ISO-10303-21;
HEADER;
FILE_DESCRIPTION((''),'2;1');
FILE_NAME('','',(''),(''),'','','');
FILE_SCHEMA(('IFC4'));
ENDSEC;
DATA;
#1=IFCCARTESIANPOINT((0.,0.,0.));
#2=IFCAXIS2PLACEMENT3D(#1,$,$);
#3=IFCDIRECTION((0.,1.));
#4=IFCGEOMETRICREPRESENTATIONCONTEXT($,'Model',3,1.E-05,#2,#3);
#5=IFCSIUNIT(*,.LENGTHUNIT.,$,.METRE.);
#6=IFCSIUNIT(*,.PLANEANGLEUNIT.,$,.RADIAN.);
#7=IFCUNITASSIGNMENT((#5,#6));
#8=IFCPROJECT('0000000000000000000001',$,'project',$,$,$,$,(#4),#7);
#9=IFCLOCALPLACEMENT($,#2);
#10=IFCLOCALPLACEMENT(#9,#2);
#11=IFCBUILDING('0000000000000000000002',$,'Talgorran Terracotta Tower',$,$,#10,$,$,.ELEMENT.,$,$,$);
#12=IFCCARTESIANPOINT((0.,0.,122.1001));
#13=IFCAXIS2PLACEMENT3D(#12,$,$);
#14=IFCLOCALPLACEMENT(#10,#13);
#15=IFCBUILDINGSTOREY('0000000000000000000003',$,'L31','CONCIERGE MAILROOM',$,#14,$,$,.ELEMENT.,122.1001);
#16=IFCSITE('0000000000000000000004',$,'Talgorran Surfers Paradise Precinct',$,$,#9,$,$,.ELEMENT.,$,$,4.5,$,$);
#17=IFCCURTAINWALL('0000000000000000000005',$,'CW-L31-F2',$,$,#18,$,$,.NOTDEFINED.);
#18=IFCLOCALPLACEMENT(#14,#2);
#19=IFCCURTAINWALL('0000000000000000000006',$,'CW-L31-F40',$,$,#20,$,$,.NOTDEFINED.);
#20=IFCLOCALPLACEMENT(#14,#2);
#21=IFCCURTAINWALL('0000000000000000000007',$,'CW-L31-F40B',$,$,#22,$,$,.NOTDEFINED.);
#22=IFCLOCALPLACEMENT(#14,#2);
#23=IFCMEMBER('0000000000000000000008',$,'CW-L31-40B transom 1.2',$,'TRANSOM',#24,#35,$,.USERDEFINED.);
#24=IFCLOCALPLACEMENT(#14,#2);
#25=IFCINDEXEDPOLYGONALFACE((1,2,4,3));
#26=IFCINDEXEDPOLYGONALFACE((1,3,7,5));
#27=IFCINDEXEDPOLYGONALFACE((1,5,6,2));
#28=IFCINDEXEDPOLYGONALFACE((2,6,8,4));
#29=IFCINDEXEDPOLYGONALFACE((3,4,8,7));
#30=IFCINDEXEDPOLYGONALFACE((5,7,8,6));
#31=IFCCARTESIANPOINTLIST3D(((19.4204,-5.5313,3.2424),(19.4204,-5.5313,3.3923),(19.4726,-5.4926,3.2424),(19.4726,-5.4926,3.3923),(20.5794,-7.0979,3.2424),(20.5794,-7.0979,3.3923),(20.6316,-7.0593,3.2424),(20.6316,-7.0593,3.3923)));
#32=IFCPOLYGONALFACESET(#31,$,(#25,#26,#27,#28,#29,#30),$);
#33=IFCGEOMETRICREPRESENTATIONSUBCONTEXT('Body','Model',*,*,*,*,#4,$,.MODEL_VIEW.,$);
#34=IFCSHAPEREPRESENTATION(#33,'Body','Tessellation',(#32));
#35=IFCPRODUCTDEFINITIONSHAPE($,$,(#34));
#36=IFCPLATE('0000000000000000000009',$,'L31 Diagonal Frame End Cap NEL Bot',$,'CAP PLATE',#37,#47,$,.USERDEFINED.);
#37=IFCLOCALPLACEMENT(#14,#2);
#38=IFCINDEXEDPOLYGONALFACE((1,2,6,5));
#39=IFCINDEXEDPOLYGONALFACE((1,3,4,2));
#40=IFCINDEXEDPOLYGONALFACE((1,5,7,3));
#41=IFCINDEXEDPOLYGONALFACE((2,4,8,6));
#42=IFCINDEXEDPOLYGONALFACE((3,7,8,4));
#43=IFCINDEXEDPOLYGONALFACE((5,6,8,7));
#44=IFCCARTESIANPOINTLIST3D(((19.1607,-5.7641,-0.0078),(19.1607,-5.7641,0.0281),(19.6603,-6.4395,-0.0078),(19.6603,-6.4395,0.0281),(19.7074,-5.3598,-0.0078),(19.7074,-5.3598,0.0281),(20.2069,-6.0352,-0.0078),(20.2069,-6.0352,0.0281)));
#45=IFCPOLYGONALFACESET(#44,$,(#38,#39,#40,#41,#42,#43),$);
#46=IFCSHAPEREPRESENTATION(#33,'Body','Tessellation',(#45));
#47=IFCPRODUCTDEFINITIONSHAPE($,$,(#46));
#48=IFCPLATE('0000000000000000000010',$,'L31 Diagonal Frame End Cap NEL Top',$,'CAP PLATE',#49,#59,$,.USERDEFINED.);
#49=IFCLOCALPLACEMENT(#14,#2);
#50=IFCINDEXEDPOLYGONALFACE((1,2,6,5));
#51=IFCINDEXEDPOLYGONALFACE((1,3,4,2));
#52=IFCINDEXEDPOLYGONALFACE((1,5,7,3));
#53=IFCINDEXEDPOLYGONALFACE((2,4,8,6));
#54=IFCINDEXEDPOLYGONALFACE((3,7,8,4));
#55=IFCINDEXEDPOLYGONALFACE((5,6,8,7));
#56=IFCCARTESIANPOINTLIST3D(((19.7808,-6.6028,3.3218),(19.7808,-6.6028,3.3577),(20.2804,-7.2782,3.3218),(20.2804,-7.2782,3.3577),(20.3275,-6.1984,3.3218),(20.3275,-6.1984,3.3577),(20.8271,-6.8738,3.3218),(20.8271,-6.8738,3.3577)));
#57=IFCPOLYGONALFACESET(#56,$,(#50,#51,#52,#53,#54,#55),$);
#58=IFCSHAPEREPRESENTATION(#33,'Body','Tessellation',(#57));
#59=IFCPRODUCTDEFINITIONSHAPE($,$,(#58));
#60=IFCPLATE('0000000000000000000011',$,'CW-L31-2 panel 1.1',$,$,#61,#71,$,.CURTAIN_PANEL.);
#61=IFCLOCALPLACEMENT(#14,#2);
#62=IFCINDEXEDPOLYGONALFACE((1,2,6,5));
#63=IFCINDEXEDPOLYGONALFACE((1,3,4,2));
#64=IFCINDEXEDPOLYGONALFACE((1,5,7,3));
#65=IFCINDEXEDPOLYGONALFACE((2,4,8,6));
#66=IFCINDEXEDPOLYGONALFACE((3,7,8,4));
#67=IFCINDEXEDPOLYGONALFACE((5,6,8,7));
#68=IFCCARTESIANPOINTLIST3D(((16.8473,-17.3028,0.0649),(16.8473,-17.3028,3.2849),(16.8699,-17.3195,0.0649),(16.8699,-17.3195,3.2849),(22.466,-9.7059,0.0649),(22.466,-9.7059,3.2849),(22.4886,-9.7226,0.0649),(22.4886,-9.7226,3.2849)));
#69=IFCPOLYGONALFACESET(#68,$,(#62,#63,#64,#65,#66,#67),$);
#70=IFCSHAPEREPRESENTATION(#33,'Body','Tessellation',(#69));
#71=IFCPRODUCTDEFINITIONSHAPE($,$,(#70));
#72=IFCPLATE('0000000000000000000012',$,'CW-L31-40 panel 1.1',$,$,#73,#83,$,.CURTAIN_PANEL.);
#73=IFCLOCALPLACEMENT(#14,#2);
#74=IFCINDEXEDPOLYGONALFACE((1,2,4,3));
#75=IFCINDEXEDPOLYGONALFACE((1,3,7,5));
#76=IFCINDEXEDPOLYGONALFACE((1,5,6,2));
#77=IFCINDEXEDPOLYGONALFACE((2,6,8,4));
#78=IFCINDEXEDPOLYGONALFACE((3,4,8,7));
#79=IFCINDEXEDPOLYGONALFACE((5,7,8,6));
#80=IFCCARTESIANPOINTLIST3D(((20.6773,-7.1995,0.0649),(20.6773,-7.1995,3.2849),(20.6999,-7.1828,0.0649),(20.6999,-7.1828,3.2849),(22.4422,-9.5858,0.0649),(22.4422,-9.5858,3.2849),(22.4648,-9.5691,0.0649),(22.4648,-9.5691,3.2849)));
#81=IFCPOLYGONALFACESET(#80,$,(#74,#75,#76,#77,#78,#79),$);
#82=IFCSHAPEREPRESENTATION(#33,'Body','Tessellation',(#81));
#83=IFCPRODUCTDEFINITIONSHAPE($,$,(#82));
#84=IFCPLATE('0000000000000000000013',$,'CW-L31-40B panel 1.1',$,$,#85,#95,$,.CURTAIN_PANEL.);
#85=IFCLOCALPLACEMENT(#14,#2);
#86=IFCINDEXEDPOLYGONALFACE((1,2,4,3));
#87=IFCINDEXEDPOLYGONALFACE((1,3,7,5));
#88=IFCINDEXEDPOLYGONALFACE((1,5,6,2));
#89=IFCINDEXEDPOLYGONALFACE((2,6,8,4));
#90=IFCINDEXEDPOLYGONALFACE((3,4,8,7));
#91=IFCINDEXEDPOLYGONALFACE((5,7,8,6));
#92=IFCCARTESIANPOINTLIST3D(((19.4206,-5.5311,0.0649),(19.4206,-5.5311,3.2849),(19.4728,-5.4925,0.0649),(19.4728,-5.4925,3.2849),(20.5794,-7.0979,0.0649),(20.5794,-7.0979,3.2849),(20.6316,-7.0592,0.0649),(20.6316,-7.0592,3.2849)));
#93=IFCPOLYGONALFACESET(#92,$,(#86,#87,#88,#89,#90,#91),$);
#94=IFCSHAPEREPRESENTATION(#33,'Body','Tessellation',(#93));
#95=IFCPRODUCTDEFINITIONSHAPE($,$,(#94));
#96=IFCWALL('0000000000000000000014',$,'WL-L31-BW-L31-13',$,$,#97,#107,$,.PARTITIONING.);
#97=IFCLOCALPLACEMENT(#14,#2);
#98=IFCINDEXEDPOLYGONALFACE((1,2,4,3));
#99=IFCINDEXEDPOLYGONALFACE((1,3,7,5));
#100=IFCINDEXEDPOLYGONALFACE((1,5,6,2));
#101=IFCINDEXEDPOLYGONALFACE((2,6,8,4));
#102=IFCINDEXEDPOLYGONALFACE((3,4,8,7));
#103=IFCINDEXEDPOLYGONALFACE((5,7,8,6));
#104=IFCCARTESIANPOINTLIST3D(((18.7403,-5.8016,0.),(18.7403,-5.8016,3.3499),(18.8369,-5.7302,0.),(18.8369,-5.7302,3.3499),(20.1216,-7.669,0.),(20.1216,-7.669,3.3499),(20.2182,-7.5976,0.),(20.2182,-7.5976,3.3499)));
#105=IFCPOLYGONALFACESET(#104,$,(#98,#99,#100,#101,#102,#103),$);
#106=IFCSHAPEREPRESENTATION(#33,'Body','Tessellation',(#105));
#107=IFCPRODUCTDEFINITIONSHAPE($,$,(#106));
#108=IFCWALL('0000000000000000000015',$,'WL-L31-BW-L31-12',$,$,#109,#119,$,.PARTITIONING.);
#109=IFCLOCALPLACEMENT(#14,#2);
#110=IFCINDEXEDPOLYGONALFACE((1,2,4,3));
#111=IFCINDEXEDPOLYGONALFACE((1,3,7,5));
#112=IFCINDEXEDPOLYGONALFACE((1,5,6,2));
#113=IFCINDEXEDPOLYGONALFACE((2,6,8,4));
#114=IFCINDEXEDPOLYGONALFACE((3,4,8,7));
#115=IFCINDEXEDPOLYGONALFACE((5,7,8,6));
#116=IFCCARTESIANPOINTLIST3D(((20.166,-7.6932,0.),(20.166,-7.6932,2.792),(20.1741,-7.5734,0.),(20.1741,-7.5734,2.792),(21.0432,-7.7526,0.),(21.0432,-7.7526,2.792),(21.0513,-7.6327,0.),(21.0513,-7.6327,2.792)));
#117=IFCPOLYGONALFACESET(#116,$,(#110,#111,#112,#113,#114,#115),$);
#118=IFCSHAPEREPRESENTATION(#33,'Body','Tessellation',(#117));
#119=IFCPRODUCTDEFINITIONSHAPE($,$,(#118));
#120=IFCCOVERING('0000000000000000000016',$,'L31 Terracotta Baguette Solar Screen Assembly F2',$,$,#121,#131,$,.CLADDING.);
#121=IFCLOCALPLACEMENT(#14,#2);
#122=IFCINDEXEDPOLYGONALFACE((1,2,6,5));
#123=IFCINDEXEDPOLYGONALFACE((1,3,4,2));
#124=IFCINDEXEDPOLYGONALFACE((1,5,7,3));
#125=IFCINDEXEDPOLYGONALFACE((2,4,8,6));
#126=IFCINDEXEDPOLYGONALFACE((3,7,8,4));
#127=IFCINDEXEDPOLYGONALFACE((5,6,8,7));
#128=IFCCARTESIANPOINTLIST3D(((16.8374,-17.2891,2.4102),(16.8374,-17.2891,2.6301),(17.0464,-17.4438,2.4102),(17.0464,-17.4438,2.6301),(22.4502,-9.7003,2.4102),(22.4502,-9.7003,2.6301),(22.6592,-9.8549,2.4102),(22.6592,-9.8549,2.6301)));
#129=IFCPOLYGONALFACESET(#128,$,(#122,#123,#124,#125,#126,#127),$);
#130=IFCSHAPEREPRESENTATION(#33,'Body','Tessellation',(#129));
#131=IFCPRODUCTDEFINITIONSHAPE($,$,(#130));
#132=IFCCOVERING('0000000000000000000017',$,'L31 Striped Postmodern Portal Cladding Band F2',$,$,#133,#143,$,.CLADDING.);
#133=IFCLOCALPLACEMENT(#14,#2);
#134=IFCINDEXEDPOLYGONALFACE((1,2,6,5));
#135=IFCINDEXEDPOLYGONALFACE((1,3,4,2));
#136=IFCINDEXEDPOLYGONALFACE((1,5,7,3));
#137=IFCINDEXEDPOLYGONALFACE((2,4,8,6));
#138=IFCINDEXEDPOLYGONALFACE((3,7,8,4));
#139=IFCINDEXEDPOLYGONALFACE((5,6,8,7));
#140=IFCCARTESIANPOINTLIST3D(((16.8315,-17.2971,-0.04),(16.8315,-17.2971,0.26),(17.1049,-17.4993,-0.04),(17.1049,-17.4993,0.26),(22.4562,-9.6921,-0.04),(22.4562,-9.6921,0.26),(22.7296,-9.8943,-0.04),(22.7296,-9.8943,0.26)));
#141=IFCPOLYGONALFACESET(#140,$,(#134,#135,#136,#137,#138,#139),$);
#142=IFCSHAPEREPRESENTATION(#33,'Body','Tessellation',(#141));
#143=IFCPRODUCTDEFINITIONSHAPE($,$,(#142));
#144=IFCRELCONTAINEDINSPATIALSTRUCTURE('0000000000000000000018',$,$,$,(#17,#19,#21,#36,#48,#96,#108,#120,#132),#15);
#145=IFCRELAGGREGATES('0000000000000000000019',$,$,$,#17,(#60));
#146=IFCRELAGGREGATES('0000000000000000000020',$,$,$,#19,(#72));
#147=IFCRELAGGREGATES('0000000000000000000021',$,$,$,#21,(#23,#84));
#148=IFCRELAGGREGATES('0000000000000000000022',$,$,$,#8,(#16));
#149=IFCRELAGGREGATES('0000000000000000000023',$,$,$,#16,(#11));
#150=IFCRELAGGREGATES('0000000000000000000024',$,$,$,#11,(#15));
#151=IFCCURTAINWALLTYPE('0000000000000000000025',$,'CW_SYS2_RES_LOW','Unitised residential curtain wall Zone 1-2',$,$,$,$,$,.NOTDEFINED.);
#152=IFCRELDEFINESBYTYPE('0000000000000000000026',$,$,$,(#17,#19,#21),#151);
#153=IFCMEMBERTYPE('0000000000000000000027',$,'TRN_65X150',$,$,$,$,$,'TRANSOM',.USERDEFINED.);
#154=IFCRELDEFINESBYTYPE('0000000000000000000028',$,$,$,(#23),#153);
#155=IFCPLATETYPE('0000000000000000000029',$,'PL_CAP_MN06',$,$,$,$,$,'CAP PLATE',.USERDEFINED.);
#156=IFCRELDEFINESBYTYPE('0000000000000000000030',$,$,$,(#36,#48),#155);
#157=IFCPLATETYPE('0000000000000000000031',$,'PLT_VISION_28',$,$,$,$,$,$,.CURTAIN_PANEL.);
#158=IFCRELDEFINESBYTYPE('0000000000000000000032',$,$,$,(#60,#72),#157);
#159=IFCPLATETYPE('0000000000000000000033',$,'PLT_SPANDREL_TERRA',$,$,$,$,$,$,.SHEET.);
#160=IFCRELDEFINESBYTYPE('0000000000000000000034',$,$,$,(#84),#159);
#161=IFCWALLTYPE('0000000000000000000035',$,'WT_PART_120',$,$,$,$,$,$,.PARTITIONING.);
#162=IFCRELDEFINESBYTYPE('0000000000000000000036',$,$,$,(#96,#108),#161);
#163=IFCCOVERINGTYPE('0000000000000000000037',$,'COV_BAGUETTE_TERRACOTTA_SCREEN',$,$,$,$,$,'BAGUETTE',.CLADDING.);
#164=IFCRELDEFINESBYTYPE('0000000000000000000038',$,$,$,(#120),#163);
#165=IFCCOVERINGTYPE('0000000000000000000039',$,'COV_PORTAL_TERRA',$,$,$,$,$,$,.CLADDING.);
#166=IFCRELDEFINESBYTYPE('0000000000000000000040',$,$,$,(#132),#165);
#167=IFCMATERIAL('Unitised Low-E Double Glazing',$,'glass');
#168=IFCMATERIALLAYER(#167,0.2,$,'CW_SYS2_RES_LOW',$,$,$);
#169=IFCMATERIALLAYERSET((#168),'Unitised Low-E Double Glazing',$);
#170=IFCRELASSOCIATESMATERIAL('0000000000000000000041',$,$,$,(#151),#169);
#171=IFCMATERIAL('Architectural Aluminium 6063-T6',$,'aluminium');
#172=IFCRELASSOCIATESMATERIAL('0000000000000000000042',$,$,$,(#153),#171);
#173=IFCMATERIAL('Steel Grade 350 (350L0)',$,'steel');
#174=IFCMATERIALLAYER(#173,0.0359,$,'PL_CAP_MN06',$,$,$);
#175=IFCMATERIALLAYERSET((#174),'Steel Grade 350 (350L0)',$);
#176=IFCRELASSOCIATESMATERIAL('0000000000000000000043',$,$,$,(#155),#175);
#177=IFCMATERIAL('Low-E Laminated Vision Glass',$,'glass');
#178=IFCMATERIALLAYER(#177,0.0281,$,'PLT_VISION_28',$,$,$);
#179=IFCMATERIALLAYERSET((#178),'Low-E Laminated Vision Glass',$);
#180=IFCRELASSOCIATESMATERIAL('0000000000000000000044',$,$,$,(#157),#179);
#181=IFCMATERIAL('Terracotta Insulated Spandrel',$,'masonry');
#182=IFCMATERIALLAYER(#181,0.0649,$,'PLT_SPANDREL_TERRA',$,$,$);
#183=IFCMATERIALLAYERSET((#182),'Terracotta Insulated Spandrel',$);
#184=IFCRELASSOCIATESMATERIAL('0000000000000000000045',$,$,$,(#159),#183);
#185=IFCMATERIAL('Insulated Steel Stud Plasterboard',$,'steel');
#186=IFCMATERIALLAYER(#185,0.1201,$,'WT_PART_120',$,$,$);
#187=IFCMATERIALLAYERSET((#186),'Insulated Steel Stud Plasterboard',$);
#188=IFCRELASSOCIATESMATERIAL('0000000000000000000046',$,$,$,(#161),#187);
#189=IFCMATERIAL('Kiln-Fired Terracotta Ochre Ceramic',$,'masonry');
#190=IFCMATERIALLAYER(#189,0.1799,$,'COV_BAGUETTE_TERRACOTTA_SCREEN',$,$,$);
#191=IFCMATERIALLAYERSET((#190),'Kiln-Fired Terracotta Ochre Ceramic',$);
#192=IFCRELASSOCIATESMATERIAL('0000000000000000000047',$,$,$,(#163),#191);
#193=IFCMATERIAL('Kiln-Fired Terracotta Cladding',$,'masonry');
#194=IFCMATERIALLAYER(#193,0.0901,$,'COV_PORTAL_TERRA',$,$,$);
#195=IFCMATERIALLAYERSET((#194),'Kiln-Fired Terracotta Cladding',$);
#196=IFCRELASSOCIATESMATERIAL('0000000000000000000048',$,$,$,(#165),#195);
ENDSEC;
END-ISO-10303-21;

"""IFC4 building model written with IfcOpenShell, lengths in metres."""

from ifc_helpers import new_model, si_unit, direction, frame, frame_2d, origin, origin_2d, place, context, subcontext, project, spatial, rectangle, extrude, source, transform, mapped, material, layer, layer_set, material_profile, profile_set, type_object, type_shapes, element, aggregate, save


model = new_model("IFC4")

# Units and contexts
model_context = context("Model", 3, precision=1e-05, world=origin(), true_north=direction((0.0, 1.0)))
body_context = subcontext(model_context, "Body", "Model", "MODEL_VIEW")
ifc_project = project(units=[si_unit("LENGTHUNIT", "METRE"), si_unit("PLANEANGLEUNIT", "RADIAN")], contexts=[model_context])

# Site, building, storey
site_placement = place(None, origin())
site = spatial("IfcSite", under=ifc_project, at=site_placement, Name="Talgorran Surfers Paradise Precinct", CompositionType="ELEMENT", RefElevation=4.5)
building_placement = place(site_placement, origin())
building = spatial("IfcBuilding", under=site, at=building_placement, Name="Talgorran Terracotta Tower", CompositionType="ELEMENT")
storey_placement = place(building_placement, frame((0.0, 0.0, 122.1001)))
storey = spatial("IfcBuildingStorey", under=building, at=storey_placement, Name="L31", Description="CONCIERGE MAILROOM", CompositionType="ELEMENT", Elevation=122.1001)

# Shared definitions
ifc_material_1 = material(Name="Steel Grade 350 (350L0)", Category="steel")

# Curtain wall
ifc_material_2 = material(Name="Unitised Low-E Double Glazing", Category="glass")
ifc_layer_1 = layer(ifc_material_2, 0.2, Name="CW_SYS2_RES_LOW")
ifc_layer_set_1 = layer_set([ifc_layer_1], Name="Unitised Low-E Double Glazing")
curtain_wall_type = type_object("IfcCurtainWallType", Name="CW_SYS2_RES_LOW", Description="Unitised residential curtain wall Zone 1-2", PredefinedType="NOTDEFINED", material=ifc_layer_set_1)
curtain_wall_1_placement = place(storey_placement, origin())
curtain_wall_1 = element("IfcCurtainWall", 1, at=curtain_wall_1_placement, inside=storey, type_object=curtain_wall_type, Name="CW-L31-F2", PredefinedType="NOTDEFINED")
ifc_material_3 = material(Name="Architectural Aluminium 6063-T6", Category="aluminium")

# Curtain walls
curtain_wall_2_placement = place(storey_placement, origin())
curtain_wall_2 = element("IfcCurtainWall", 2, at=curtain_wall_2_placement, inside=storey, type_object=curtain_wall_type, Name="CW-L31-F40", PredefinedType="NOTDEFINED")
curtain_wall_3_placement = place(storey_placement, origin())
curtain_wall_3 = element("IfcCurtainWall", 3, at=curtain_wall_3_placement, inside=storey, type_object=curtain_wall_type, Name="CW-L31-F40B", PredefinedType="NOTDEFINED")

# Member
ifc_material_profile_1 = material_profile(ifc_material_3, rectangle(XDim=0.0649, YDim=0.1499, at=origin_2d()), Name="CWT65X150")
ifc_profile_set_1 = profile_set([ifc_material_profile_1], Name="Architectural Aluminium 6063-T6")
member_type_1 = type_object("IfcMemberType", Name="TRN_65X150", ElementType="TRANSOM", PredefinedType="USERDEFINED", material=ifc_profile_set_1)
member_1_placement = place(storey_placement, frame((20.6055, -7.0786, 3.3174), z_axis=(-0.594715, 0.803937, 0.0), x_axis=(-0.803937, -0.594715, 0.0)))
member_1 = element("IfcMember", 4, at=member_1_placement, type_object=member_type_1, Name="CW-L31-40B transom 1.2", ObjectType="TRANSOM", PredefinedType="USERDEFINED", context=body_context, shape_type="SweptSolid", body=[
    extrude(rectangle(XDim=0.0649, YDim=0.1499, at=origin_2d()), origin(), (0.0, 0.0, 1.0), 1.9487),
])

# Plates
ifc_layer_2 = layer(ifc_material_1, 0.0359, Name="PL_CAP_MN06")
ifc_layer_set_2 = layer_set([ifc_layer_2], Name="Steel Grade 350 (350L0)")
plate_type_1 = type_object("IfcPlateType", Name="PL_CAP_MN06", ElementType="CAP PLATE", PredefinedType="USERDEFINED", material=ifc_layer_set_2)
for number, where, z_axis, x_axis, name in (
    (5, (19.6838, -5.8997, -0.0078), (0.0, 0.0, 1.0), (0.594682, -0.803961, 0.0), "L31 Diagonal Frame End Cap NEL Bot"),
    (6, (20.304, -6.7383, 3.3218), (0.0, 0.0, 1.0), (0.594682, -0.803961, 0.0), "L31 Diagonal Frame End Cap NEL Top"),
):
    element("IfcPlate", number, at=place(storey_placement, frame(where, z_axis=z_axis, x_axis=x_axis)), inside=storey, type_object=plate_type_1, Name=name, ObjectType="CAP PLATE", PredefinedType="USERDEFINED", context=body_context, shape_type="SweptSolid", body=[
        extrude(rectangle(XDim=0.8401, YDim=0.6799, at=origin_2d()), origin(), (0.0, 0.0, 1.0), 0.0359),
    ])

# Plates
ifc_material_4 = material(Name="Low-E Laminated Vision Glass", Category="glass")
ifc_layer_3 = layer(ifc_material_4, 0.0281, Name="PLT_VISION_28")
ifc_layer_set_3 = layer_set([ifc_layer_3], Name="Low-E Laminated Vision Glass")
plate_type_2 = type_object("IfcPlateType", Name="PLT_VISION_28", PredefinedType="CURTAIN_PANEL", material=ifc_layer_set_3)
shared_shape_1 = source(origin(), body_context, "Body", "SweptSolid", [
    extrude(rectangle(XDim=9.449, YDim=0.0281, at=origin_2d()), origin(), (0.0, 0.0, 1.0), 3.22),
])
plate_1_placement = place(storey_placement, frame((19.668, -13.5127, 0.0649), z_axis=(0.0, 0.0, 1.0), x_axis=(0.594638, 0.803993, 0.0)))
plate_1 = element("IfcPlate", 7, at=plate_1_placement, type_object=plate_type_2, Name="CW-L31-2 panel 1.1", PredefinedType="CURTAIN_PANEL", context=body_context, shape_type="MappedRepresentation", body=[
    mapped(shared_shape_1, transform((0.0, 0.0, 0.0), scale=1.0)),
])
aggregate(curtain_wall_1, [plate_1])
shared_shape_2 = source(origin(), body_context, "Body", "SweptSolid", [
    extrude(rectangle(XDim=2.968, YDim=0.0281, at=origin_2d()), origin(), (0.0, 0.0, 1.0), 3.22),
])
type_shapes(plate_type_2, [shared_shape_1, shared_shape_2])
plate_2_placement = place(storey_placement, frame((21.571, -8.3843, 0.0649), z_axis=(0.0, 0.0, 1.0), x_axis=(-0.594636, 0.803995, 0.0)))
plate_2 = element("IfcPlate", 8, at=plate_2_placement, type_object=plate_type_2, Name="CW-L31-40 panel 1.1", PredefinedType="CURTAIN_PANEL", context=body_context, shape_type="MappedRepresentation", body=[
    mapped(shared_shape_2, transform((0.0, 0.0, 0.0), scale=1.0)),
])
aggregate(curtain_wall_2, [plate_2])
ifc_material_5 = material(Name="Terracotta Insulated Spandrel", Category="masonry")
ifc_layer_4 = layer(ifc_material_5, 0.0649, Name="PLT_SPANDREL_TERRA")
ifc_layer_set_4 = layer_set([ifc_layer_4], Name="Terracotta Insulated Spandrel")
plate_type_3 = type_object("IfcPlateType", Name="PLT_SPANDREL_TERRA", PredefinedType="SHEET", material=ifc_layer_set_4)
shared_shape_3 = source(origin(), body_context, "Body", "SweptSolid", [
    extrude(rectangle(XDim=1.9487, YDim=0.0649, at=origin_2d()), origin(), (0.0, 0.0, 1.0), 3.22),
])
type_shapes(plate_type_3, [shared_shape_3])
plate_3_placement = place(storey_placement, frame((20.0261, -6.2952, 0.0649), z_axis=(0.0, 0.0, 1.0), x_axis=(-0.594637, 0.803994, 0.0)))
plate_3 = element("IfcPlate", 9, at=plate_3_placement, type_object=plate_type_3, Name="CW-L31-40B panel 1.1", PredefinedType="CURTAIN_PANEL", context=body_context, shape_type="MappedRepresentation", body=[
    mapped(shared_shape_3, transform((0.0, 0.0, 0.0), scale=1.0)),
])
aggregate(curtain_wall_3, [member_1, plate_3])

# Walls
ifc_material_6 = material(Name="Insulated Steel Stud Plasterboard", Category="steel")
ifc_layer_5 = layer(ifc_material_6, 0.1201, Name="WT_PART_120")
ifc_layer_set_5 = layer_set([ifc_layer_5], Name="Insulated Steel Stud Plasterboard")
wall_type = type_object("IfcWallType", Name="WT_PART_120", PredefinedType="PARTITIONING", material=ifc_layer_set_5)
wall_1_placement = place(storey_placement, frame((20.1699, -7.6333, 0.0), z_axis=(0.0, 0.0, 1.0), x_axis=(-0.59469, 0.803955, 0.0)))
element("IfcWall", 10, at=wall_1_placement, inside=storey, type_object=wall_type, Name="WL-L31-BW-L31-13", PredefinedType="PARTITIONING", context=body_context, shape_type="SweptSolid", body=[
    extrude(rectangle(XDim=2.3228, YDim=0.1201, at=frame_2d((1.1614, 0.0))), origin(), (0.0, 0.0, 1.0), 3.3499),
])
wall_2_placement = place(storey_placement, frame((21.0471, -7.6926, 0.0), z_axis=(0.0, 0.0, 1.0), x_axis=(-0.997721, 0.067477, 0.0)))
element("IfcWall", 11, at=wall_2_placement, inside=storey, type_object=wall_type, Name="WL-L31-BW-L31-12", PredefinedType="PARTITIONING", context=body_context, shape_type="SweptSolid", body=[
    extrude(rectangle(XDim=0.8792, YDim=0.1201, at=frame_2d((0.4395, 0.0))), origin(), (0.0, 0.0, 1.0), 2.792),
])

# Coverings
ifc_material_7 = material(Name="Kiln-Fired Terracotta Ochre Ceramic", Category="masonry")
ifc_layer_6 = layer(ifc_material_7, 0.1799, Name="COV_BAGUETTE_TERRACOTTA_SCREEN")
ifc_layer_set_6 = layer_set([ifc_layer_6], Name="Kiln-Fired Terracotta Ochre Ceramic")
covering_type_1 = type_object("IfcCoveringType", Name="COV_BAGUETTE_TERRACOTTA_SCREEN", ElementType="BAGUETTE", PredefinedType="CLADDING", material=ifc_layer_set_6)
covering_1_placement = place(storey_placement, frame((19.7483, -13.572, 2.4102), z_axis=(0.0, 0.0, 1.0), x_axis=(0.59464, 0.803992, 0.0)))
element("IfcCovering", 12, at=covering_1_placement, inside=storey, type_object=covering_type_1, Name="L31 Terracotta Baguette Solar Screen Assembly F2", PredefinedType="CLADDING", context=body_context, shape_type="SweptSolid", body=[
    extrude(rectangle(XDim=9.439, YDim=0.26, at=origin_2d()), origin(), (0.0, 0.0, 1.0), 0.22),
])
ifc_material_8 = material(Name="Kiln-Fired Terracotta Cladding", Category="masonry")
ifc_layer_7 = layer(ifc_material_8, 0.0901, Name="COV_PORTAL_TERRA")
ifc_layer_set_7 = layer_set([ifc_layer_7], Name="Kiln-Fired Terracotta Cladding")
covering_type_2 = type_object("IfcCoveringType", Name="COV_PORTAL_TERRA", PredefinedType="CLADDING", material=ifc_layer_set_7)
covering_2_placement = place(storey_placement, frame((19.7805, -13.5957, -0.04), z_axis=(0.0, 0.0, 1.0), x_axis=(0.59464, 0.803992, 0.0)))
element("IfcCovering", 13, at=covering_2_placement, inside=storey, type_object=covering_type_2, Name="L31 Striped Postmodern Portal Cladding Band F2", PredefinedType="CLADDING", context=body_context, shape_type="SweptSolid", body=[
    extrude(rectangle(XDim=9.459, YDim=0.3401, at=origin_2d()), origin(), (0.0, 0.0, 1.0), 0.3),
])

save(model, "model.ifc")
